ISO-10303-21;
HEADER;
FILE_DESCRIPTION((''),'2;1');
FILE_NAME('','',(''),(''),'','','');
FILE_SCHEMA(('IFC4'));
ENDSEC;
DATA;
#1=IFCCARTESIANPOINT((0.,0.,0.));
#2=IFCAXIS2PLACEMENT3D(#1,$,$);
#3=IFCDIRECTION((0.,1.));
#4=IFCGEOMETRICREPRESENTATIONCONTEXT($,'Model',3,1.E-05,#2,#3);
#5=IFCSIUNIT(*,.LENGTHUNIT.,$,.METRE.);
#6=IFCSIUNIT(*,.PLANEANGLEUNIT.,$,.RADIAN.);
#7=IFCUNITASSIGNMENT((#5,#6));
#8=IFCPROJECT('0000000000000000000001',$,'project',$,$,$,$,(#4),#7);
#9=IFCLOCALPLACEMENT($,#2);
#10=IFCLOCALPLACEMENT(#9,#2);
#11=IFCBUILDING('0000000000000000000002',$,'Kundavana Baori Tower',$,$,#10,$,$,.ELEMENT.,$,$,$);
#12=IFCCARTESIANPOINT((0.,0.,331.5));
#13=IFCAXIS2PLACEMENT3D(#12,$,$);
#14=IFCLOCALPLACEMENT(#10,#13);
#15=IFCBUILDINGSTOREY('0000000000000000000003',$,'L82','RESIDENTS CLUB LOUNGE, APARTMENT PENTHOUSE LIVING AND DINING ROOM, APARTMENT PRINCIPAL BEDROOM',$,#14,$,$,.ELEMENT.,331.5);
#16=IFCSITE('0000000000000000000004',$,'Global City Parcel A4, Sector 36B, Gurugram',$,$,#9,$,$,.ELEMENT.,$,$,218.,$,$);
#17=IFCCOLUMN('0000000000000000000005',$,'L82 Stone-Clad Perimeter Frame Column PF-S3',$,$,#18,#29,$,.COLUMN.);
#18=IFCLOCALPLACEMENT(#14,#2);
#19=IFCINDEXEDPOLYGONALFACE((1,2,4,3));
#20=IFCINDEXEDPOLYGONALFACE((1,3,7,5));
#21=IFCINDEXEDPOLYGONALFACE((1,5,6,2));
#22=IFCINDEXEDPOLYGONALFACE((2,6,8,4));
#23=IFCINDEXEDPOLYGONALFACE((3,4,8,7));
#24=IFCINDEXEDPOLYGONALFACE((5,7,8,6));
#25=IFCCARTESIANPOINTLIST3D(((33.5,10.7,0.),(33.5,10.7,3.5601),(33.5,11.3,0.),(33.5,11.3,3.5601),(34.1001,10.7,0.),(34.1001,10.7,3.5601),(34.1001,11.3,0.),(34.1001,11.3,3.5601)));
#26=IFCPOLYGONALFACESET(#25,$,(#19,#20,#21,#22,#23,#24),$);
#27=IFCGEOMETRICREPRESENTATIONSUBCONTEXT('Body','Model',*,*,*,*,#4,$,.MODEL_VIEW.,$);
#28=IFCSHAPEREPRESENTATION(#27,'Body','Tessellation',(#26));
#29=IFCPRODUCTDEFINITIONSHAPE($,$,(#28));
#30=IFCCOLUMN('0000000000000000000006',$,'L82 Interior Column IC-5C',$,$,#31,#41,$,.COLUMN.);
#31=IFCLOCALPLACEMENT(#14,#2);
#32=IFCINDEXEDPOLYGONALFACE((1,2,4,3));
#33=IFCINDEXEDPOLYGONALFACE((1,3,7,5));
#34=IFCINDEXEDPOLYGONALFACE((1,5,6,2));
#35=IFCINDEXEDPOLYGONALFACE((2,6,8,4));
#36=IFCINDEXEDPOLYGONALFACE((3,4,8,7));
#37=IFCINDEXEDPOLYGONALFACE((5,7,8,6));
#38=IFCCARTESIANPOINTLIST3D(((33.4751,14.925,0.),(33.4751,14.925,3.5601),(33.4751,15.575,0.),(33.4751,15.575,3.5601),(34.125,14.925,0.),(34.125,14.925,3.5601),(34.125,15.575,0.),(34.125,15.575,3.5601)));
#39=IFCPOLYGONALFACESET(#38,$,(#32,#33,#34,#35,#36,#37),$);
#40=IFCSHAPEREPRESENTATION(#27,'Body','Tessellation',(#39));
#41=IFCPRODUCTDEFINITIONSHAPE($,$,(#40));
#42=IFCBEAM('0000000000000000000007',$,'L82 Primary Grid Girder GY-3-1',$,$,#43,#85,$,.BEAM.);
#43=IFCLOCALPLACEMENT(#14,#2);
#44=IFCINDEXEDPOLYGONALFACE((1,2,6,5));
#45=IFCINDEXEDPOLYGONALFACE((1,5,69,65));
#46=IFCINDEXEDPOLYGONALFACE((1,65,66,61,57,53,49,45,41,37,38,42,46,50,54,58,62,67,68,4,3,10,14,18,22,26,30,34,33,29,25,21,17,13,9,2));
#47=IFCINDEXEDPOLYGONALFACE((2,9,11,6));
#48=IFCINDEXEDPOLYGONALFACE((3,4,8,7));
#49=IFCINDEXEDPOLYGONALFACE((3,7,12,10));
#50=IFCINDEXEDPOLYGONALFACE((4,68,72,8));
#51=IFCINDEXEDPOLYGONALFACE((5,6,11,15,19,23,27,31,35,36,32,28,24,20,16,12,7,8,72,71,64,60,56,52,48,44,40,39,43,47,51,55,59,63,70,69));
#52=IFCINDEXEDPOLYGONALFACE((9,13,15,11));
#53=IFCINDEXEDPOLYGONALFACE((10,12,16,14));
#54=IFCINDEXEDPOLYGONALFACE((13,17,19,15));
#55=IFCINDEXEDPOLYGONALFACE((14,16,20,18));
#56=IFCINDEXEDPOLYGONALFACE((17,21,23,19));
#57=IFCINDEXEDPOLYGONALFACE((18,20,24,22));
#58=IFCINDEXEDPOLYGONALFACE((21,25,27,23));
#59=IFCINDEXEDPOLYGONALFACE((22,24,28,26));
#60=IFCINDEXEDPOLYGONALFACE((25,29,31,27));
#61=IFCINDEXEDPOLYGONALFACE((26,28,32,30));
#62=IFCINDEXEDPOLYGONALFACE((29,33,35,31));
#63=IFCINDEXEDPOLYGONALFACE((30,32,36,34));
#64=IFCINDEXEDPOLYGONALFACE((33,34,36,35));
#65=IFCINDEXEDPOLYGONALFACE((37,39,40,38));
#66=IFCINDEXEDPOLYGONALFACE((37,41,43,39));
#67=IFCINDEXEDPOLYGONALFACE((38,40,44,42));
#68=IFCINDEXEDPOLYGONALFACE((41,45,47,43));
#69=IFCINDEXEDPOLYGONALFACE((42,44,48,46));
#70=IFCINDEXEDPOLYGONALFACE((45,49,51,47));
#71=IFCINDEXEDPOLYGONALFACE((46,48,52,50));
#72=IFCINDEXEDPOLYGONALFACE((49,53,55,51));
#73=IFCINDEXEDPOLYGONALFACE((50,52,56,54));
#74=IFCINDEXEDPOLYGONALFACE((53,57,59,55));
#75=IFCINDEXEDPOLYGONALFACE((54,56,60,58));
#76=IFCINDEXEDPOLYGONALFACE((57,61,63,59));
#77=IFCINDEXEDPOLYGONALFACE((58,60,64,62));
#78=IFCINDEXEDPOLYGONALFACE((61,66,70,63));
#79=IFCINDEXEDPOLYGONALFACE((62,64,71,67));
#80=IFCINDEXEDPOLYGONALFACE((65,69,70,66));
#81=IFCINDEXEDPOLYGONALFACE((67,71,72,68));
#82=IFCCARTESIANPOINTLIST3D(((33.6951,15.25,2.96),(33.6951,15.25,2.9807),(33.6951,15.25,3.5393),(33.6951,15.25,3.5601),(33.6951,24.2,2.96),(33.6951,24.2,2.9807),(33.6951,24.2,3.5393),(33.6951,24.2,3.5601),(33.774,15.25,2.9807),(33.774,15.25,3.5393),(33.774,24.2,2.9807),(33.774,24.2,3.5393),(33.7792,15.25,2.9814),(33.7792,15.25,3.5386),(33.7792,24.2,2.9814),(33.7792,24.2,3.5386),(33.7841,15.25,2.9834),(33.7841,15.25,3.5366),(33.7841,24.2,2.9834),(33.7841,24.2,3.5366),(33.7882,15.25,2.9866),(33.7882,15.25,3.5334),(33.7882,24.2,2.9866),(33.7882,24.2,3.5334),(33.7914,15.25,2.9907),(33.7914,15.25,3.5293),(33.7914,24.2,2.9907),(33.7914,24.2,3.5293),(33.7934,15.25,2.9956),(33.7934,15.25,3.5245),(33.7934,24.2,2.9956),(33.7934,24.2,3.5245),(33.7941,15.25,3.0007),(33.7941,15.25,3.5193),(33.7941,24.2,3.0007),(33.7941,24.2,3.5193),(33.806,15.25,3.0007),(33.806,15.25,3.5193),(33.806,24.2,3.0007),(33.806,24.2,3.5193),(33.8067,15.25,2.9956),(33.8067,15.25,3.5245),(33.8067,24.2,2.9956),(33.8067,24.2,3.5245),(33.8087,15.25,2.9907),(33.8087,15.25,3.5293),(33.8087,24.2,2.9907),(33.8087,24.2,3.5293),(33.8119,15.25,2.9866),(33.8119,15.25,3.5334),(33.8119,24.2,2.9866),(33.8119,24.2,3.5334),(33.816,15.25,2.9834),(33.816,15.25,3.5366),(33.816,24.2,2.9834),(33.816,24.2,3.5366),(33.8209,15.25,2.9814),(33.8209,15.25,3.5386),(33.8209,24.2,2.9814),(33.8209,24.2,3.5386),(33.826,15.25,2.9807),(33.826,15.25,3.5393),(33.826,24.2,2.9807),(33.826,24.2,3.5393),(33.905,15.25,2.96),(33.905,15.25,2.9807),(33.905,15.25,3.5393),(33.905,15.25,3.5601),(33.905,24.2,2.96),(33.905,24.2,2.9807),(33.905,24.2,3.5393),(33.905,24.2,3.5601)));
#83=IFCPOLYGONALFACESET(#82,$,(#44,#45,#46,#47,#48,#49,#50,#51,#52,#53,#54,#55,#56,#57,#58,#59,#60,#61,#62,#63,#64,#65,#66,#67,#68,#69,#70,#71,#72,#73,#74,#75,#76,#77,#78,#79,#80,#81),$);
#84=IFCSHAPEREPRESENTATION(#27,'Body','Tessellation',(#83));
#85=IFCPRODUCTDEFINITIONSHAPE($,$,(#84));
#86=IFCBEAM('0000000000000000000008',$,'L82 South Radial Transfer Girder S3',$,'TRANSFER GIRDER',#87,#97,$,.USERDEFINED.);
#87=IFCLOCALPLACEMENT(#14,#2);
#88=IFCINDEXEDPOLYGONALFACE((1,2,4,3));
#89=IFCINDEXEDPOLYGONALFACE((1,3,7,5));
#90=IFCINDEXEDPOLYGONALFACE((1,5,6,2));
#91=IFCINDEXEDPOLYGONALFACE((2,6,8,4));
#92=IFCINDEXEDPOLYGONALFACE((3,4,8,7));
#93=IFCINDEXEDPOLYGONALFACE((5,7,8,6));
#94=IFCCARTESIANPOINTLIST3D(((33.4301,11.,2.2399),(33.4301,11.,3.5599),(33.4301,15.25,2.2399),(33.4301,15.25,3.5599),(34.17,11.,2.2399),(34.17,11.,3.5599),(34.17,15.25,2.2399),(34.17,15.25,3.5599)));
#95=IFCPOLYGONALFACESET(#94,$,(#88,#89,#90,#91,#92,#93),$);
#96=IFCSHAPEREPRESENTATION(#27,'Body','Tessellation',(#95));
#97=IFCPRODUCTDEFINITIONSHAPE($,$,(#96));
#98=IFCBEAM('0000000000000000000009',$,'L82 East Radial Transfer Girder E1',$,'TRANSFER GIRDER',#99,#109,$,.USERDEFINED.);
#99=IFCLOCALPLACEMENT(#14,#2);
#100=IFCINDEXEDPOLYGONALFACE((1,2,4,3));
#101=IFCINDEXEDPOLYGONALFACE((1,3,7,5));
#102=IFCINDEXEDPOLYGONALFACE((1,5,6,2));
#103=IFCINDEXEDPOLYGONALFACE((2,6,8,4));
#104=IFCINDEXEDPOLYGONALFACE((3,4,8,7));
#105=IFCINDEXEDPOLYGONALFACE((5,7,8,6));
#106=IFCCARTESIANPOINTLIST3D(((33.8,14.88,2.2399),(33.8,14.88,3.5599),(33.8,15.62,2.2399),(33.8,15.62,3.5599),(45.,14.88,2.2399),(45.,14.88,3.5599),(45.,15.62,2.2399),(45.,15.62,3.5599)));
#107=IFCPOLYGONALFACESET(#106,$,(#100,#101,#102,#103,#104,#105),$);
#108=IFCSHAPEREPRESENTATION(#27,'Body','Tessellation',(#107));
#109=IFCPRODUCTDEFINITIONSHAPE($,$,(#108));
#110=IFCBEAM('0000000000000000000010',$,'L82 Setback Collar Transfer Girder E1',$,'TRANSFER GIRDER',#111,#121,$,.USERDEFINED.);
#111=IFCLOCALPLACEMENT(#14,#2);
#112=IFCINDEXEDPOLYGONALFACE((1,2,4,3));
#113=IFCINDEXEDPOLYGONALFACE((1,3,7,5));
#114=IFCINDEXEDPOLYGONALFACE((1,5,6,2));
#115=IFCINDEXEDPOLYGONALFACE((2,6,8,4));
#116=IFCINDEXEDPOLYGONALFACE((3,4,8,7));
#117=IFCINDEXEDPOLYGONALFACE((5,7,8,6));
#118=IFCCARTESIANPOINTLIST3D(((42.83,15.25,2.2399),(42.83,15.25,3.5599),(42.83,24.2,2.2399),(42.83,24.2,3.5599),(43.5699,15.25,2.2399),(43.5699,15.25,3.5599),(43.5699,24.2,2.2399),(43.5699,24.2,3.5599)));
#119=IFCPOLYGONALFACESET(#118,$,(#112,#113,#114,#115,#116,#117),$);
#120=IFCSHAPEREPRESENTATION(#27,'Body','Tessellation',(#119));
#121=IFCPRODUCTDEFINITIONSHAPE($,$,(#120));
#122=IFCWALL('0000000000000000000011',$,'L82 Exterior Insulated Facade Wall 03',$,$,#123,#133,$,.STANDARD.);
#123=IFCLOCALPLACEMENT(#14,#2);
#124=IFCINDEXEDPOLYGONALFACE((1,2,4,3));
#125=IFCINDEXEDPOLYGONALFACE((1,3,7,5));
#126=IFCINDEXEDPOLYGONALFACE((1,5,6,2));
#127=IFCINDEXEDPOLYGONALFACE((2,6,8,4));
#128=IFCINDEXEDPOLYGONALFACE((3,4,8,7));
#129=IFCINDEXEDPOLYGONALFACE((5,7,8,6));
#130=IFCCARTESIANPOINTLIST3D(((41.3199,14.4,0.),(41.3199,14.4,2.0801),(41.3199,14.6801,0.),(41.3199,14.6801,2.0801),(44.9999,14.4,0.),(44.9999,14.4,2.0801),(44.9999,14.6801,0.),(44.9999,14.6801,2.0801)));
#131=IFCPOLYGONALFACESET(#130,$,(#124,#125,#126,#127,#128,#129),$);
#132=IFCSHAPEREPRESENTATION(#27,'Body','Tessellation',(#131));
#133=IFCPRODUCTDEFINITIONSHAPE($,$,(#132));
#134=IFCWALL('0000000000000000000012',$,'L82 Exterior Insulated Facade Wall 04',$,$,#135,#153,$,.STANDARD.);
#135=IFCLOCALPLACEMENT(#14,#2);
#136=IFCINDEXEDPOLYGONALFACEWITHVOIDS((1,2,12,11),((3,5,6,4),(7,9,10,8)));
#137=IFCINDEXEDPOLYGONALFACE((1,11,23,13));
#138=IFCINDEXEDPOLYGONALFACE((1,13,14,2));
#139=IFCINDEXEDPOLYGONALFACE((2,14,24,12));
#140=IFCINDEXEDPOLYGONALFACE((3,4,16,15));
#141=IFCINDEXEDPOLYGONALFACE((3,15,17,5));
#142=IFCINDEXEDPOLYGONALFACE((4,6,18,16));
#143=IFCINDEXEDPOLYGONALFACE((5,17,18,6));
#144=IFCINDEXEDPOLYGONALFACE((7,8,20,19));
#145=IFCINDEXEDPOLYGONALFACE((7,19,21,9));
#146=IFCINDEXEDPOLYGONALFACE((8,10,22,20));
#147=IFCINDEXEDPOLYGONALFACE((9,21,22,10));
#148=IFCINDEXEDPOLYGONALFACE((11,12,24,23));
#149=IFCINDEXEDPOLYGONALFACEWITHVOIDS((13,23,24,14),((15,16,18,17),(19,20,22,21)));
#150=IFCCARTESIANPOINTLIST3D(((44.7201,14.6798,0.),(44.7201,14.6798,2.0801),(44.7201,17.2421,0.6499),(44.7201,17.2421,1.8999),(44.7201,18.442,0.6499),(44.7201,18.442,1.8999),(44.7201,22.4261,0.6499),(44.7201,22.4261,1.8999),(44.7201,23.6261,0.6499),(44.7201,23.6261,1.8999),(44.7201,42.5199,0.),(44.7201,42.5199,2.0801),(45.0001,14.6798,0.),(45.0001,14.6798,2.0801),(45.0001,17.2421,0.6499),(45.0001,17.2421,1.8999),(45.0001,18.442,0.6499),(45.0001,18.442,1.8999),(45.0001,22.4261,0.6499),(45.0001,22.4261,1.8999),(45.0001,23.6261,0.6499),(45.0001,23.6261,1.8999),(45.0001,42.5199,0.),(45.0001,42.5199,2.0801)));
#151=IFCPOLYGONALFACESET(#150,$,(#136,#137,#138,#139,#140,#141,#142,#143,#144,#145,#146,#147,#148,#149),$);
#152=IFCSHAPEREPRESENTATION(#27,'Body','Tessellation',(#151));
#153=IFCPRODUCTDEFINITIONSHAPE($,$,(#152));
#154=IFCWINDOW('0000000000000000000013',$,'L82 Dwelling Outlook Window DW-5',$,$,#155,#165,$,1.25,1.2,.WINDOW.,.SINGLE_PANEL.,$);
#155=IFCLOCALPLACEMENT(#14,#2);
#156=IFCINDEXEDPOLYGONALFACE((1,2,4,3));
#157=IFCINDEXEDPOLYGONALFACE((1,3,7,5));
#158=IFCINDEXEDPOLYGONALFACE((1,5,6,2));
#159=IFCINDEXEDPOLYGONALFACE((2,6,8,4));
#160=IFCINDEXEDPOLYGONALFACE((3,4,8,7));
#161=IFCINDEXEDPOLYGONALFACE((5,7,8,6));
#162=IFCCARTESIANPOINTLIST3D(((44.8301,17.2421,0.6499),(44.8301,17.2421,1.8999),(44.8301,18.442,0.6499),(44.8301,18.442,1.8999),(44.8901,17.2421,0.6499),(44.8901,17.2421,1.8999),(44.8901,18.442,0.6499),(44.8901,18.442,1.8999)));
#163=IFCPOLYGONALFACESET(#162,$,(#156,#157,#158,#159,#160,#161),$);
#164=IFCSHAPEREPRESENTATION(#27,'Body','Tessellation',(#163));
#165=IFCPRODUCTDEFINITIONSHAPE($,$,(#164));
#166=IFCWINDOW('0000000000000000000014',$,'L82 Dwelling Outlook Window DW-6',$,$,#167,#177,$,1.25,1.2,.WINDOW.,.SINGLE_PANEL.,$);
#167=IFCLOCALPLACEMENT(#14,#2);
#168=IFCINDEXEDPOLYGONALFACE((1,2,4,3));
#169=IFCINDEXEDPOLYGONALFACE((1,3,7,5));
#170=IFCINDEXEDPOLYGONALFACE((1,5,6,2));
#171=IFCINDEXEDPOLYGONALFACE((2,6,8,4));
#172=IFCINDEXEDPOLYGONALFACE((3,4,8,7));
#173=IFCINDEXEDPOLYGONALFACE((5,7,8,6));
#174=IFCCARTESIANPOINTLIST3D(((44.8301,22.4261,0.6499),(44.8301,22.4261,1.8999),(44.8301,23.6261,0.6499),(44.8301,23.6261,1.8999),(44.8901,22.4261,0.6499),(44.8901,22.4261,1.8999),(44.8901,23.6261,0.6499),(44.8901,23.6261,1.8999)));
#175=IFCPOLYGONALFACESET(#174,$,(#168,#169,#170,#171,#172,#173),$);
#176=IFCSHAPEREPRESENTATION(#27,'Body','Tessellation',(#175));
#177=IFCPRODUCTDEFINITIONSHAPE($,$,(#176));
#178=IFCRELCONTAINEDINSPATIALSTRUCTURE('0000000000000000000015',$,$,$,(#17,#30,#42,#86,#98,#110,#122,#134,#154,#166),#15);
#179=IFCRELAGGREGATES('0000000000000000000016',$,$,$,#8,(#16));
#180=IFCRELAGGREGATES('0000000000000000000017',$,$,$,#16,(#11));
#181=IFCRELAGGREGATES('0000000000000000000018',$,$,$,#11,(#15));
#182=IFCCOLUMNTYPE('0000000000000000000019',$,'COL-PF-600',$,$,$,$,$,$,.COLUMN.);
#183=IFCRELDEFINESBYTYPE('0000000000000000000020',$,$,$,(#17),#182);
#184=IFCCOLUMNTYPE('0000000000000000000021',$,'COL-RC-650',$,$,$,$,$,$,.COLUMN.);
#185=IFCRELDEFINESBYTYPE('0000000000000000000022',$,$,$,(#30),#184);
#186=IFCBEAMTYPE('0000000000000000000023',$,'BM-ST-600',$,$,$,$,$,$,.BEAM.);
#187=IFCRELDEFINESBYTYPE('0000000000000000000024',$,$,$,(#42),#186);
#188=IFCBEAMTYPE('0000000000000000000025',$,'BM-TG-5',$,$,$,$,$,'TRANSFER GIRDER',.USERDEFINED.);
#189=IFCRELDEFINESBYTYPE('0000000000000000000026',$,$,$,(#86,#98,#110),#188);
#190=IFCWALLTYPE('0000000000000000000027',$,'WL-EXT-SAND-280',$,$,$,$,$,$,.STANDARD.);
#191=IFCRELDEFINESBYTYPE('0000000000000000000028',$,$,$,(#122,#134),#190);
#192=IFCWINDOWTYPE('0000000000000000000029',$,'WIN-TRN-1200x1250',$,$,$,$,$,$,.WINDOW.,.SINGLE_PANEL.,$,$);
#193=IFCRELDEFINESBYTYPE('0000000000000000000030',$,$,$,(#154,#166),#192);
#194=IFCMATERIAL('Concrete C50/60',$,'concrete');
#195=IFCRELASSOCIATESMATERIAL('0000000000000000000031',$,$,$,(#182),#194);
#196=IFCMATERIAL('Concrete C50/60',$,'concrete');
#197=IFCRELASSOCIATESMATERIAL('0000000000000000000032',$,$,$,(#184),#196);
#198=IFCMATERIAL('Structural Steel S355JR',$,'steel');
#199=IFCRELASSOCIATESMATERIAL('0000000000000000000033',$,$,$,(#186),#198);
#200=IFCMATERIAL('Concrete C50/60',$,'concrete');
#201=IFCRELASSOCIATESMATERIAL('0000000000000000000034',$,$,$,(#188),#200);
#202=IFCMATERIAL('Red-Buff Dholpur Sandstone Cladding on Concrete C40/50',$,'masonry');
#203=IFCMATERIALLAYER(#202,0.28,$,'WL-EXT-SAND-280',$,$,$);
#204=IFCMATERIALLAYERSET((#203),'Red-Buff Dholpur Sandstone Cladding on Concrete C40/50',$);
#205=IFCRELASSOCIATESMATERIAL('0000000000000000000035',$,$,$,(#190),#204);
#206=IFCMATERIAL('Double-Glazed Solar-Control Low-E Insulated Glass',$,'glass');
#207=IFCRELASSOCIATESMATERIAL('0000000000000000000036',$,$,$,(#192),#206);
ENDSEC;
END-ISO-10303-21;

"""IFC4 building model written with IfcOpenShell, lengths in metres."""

from ifc_helpers import new_model, si_unit, direction, frame, frame_2d, origin, origin_2d, place, context, subcontext, project, spatial, rectangle, i_section, extrude, material, layer, layer_set, material_profile, profile_set, type_object, element, fill, save


model = new_model("IFC4")

# Units and contexts
model_context = context("Model", 3, precision=1e-05, world=origin(), true_north=direction((0.0, 1.0)))
body_context = subcontext(model_context, "Body", "Model", "MODEL_VIEW")
ifc_project = project(units=[si_unit("LENGTHUNIT", "METRE"), si_unit("PLANEANGLEUNIT", "RADIAN")], contexts=[model_context])

# Site, building, storey
site_placement = place(None, origin())
site = spatial("IfcSite", under=ifc_project, at=site_placement, Name="Global City Parcel A4, Sector 36B, Gurugram", CompositionType="ELEMENT", RefElevation=218.0)
building_placement = place(site_placement, origin())
building = spatial("IfcBuilding", under=site, at=building_placement, Name="Kundavana Baori Tower", CompositionType="ELEMENT")
storey_placement = place(building_placement, frame((0.0, 0.0, 331.5)))
storey = spatial("IfcBuildingStorey", under=building, at=storey_placement, Name="L82", Description="RESIDENTS CLUB LOUNGE, APARTMENT PENTHOUSE LIVING AND DINING ROOM, APARTMENT PRINCIPAL BEDROOM", CompositionType="ELEMENT", Elevation=331.5)

# Columns
ifc_material_1 = material(Name="Concrete C50/60", Category="concrete")
ifc_material_profile_1 = material_profile(ifc_material_1, rectangle(XDim=0.6001, YDim=0.6001, at=origin_2d()), Name="RC PF 600x600")
ifc_profile_set_1 = profile_set([ifc_material_profile_1], Name="Concrete C50/60")
column_type_1 = type_object("IfcColumnType", Name="COL-PF-600", PredefinedType="COLUMN", material=ifc_profile_set_1)
column_1_placement = place(storey_placement, frame((33.8, 11.0, 0.0), z_axis=(0.0, 0.0, 1.0), x_axis=(1.0, 0.0, 0.0)))
element("IfcColumn", 1, at=column_1_placement, inside=storey, type_object=column_type_1, Name="L82 Stone-Clad Perimeter Frame Column PF-S3", PredefinedType="COLUMN", context=body_context, shape_type="SweptSolid", body=[
    extrude(rectangle(XDim=0.6001, YDim=0.6001, at=origin_2d()), origin(), (0.0, 0.0, 1.0), 3.5601),
])
ifc_material_2 = material(Name="Concrete C50/60", Category="concrete")
ifc_material_profile_2 = material_profile(ifc_material_2, rectangle(XDim=0.6499, YDim=0.6499, at=origin_2d()), Name="RC 650x650")
ifc_profile_set_2 = profile_set([ifc_material_profile_2], Name="Concrete C50/60")
column_type_2 = type_object("IfcColumnType", Name="COL-RC-650", PredefinedType="COLUMN", material=ifc_profile_set_2)
column_2_placement = place(storey_placement, frame((33.8, 15.25, 0.0), z_axis=(0.0, 0.0, 1.0), x_axis=(1.0, 0.0, 0.0)))
element("IfcColumn", 2, at=column_2_placement, inside=storey, type_object=column_type_2, Name="L82 Interior Column IC-5C", PredefinedType="COLUMN", context=body_context, shape_type="SweptSolid", body=[
    extrude(rectangle(XDim=0.6499, YDim=0.6499, at=origin_2d()), origin(), (0.0, 0.0, 1.0), 3.5601),
])

# Beams
ifc_material_3 = material(Name="Structural Steel S355JR", Category="steel")
ifc_material_profile_3 = material_profile(ifc_material_3, i_section(OverallWidth=0.21, OverallDepth=0.6001, WebThickness=0.012, FlangeThickness=0.0208, FilletRadius=0.02, at=origin_2d()), Name="ISMB 600")
ifc_profile_set_3 = profile_set([ifc_material_profile_3], Name="Structural Steel S355JR")
beam_type_1 = type_object("IfcBeamType", Name="BM-ST-600", PredefinedType="BEAM", material=ifc_profile_set_3)
beam_1_placement = place(storey_placement, frame((33.8, 15.25, 3.26), z_axis=(0.0, 1.0, 0.0), x_axis=(-1.0, 0.0, 0.0)))
element("IfcBeam", 3, at=beam_1_placement, inside=storey, type_object=beam_type_1, Name="L82 Primary Grid Girder GY-3-1", PredefinedType="BEAM", context=body_context, shape_type="SweptSolid", body=[
    extrude(i_section(OverallWidth=0.21, OverallDepth=0.6001, WebThickness=0.012, FlangeThickness=0.0208, FilletRadius=0.02, at=origin_2d()), origin(), (0.0, 0.0, 1.0), 8.95),
])
ifc_material_4 = material(Name="Concrete C50/60", Category="concrete")
ifc_material_profile_4 = material_profile(ifc_material_4, rectangle(XDim=0.74, YDim=1.3201, at=origin_2d()), Name="BM-TG-5")
ifc_profile_set_4 = profile_set([ifc_material_profile_4], Name="Concrete C50/60")
beam_type_2 = type_object("IfcBeamType", Name="BM-TG-5", ElementType="TRANSFER GIRDER", PredefinedType="USERDEFINED", material=ifc_profile_set_4)
beam_2_placement = place(storey_placement, frame((33.8, 15.25, 2.8999), z_axis=(0.0, -1.0, 0.0), x_axis=(1.0, 0.0, 0.0)))
element("IfcBeam", 4, at=beam_2_placement, inside=storey, type_object=beam_type_2, Name="L82 South Radial Transfer Girder S3", ObjectType="TRANSFER GIRDER", PredefinedType="USERDEFINED", context=body_context, shape_type="SweptSolid", body=[
    extrude(rectangle(XDim=0.74, YDim=1.3201, at=origin_2d()), origin(), (0.0, 0.0, 1.0), 4.25),
])
beam_3_placement = place(storey_placement, frame((33.8, 15.25, 2.8999), z_axis=(1.0, 0.0, 0.0), x_axis=(0.0, 1.0, 0.0)))
element("IfcBeam", 5, at=beam_3_placement, inside=storey, type_object=beam_type_2, Name="L82 East Radial Transfer Girder E1", ObjectType="TRANSFER GIRDER", PredefinedType="USERDEFINED", context=body_context, shape_type="SweptSolid", body=[
    extrude(rectangle(XDim=0.74, YDim=1.3201, at=origin_2d()), origin(), (0.0, 0.0, 1.0), 11.2),
])
beam_4_placement = place(storey_placement, frame((43.2, 15.25, 2.8999), z_axis=(0.0, 1.0, 0.0), x_axis=(-1.0, 0.0, 0.0)))
element("IfcBeam", 6, at=beam_4_placement, inside=storey, type_object=beam_type_2, Name="L82 Setback Collar Transfer Girder E1", ObjectType="TRANSFER GIRDER", PredefinedType="USERDEFINED", context=body_context, shape_type="SweptSolid", body=[
    extrude(rectangle(XDim=0.74, YDim=1.3201, at=origin_2d()), origin(), (0.0, 0.0, 1.0), 8.95),
])

# Wall
ifc_material_5 = material(Name="Red-Buff Dholpur Sandstone Cladding on Concrete C40/50", Category="masonry")
ifc_layer_1 = layer(ifc_material_5, 0.28, Name="WL-EXT-SAND-280")
ifc_layer_set_1 = layer_set([ifc_layer_1], Name="Red-Buff Dholpur Sandstone Cladding on Concrete C40/50")
wall_type_1 = type_object("IfcWallType", Name="WL-EXT-SAND-280", PredefinedType="STANDARD", material=ifc_layer_set_1)
wall_1_placement = place(storey_placement, frame((41.3201, 14.54, 0.0), z_axis=(0.0, 0.0, 1.0), x_axis=(1.0, 0.0, 0.0)))
element("IfcWall", 7, at=wall_1_placement, inside=storey, type_object=wall_type_1, Name="L82 Exterior Insulated Facade Wall 03", PredefinedType="STANDARD", context=body_context, shape_type="SweptSolid", body=[
    extrude(rectangle(XDim=3.6799, YDim=0.28, at=frame_2d((1.8398, 0.0))), origin(), (0.0, 0.0, 1.0), 2.0801),
])

# Wall, openings, windows
wall_2_placement = place(storey_placement, frame((44.8601, 14.6799, 0.0), z_axis=(0.0, 0.0, 1.0), x_axis=(0.0, 1.0, 0.0)))
wall_2 = element("IfcWall", 8, at=wall_2_placement, inside=storey, type_object=wall_type_1, Name="L82 Exterior Insulated Facade Wall 04", PredefinedType="STANDARD", context=body_context, shape_type="SweptSolid", body=[
    extrude(rectangle(XDim=27.8401, YDim=0.28, at=frame_2d((13.9199, 0.0))), origin(), (0.0, 0.0, 1.0), 2.0801),
])
opening_1_placement = place(wall_2_placement, frame((2.562, 0.0, 0.6499)))
opening_1 = element("IfcOpeningElement", 9, at=opening_1_placement, cuts=wall_2, PredefinedType="OPENING", context=body_context, shape_type="SweptSolid", body=[
    extrude(rectangle(XDim=1.2, YDim=1.25, at=frame_2d((0.6001, 0.625))), frame((0.0, 0.1499, 0.0), z_axis=(0.0, -1.0, 0.0), x_axis=(1.0, 0.0, 0.0)), (0.0, 0.0, 1.0), 0.3),
])
opening_2_placement = place(wall_2_placement, frame((7.7461, 0.0, 0.6499)))
opening_2 = element("IfcOpeningElement", 10, at=opening_2_placement, cuts=wall_2, PredefinedType="OPENING", context=body_context, shape_type="SweptSolid", body=[
    extrude(rectangle(XDim=1.2, YDim=1.25, at=frame_2d((0.6001, 0.625))), frame((0.0, 0.1499, 0.0), z_axis=(0.0, -1.0, 0.0), x_axis=(1.0, 0.0, 0.0)), (0.0, 0.0, 1.0), 0.3),
])
ifc_material_6 = material(Name="Double-Glazed Solar-Control Low-E Insulated Glass", Category="glass")
window_type = type_object("IfcWindowType", Name="WIN-TRN-1200x1250", PartitioningType="SINGLE_PANEL", PredefinedType="WINDOW", material=ifc_material_6)
window_1_placement = place(opening_1_placement, origin())
window_1 = element("IfcWindow", 11, at=window_1_placement, inside=storey, type_object=window_type, Name="L82 Dwelling Outlook Window DW-5", OverallHeight=1.25, OverallWidth=1.2, PartitioningType="SINGLE_PANEL", PredefinedType="WINDOW", context=body_context, shape_type="SweptSolid", body=[
    extrude(rectangle(XDim=1.2, YDim=1.25, at=frame_2d((0.6001, 0.625))), frame((0.0, 0.03, 0.0), z_axis=(0.0, -1.0, 0.0), x_axis=(1.0, 0.0, 0.0)), (0.0, 0.0, 1.0), 0.0601),
])
fill(opening_1, window_1)
window_2_placement = place(opening_2_placement, origin())
window_2 = element("IfcWindow", 12, at=window_2_placement, inside=storey, type_object=window_type, Name="L82 Dwelling Outlook Window DW-6", OverallHeight=1.25, OverallWidth=1.2, PartitioningType="SINGLE_PANEL", PredefinedType="WINDOW", context=body_context, shape_type="SweptSolid", body=[
    extrude(rectangle(XDim=1.2, YDim=1.25, at=frame_2d((0.6001, 0.625))), frame((0.0, 0.03, 0.0), z_axis=(0.0, -1.0, 0.0), x_axis=(1.0, 0.0, 0.0)), (0.0, 0.0, 1.0), 0.0601),
])
fill(opening_2, window_2)

save(model, "model.ifc")
